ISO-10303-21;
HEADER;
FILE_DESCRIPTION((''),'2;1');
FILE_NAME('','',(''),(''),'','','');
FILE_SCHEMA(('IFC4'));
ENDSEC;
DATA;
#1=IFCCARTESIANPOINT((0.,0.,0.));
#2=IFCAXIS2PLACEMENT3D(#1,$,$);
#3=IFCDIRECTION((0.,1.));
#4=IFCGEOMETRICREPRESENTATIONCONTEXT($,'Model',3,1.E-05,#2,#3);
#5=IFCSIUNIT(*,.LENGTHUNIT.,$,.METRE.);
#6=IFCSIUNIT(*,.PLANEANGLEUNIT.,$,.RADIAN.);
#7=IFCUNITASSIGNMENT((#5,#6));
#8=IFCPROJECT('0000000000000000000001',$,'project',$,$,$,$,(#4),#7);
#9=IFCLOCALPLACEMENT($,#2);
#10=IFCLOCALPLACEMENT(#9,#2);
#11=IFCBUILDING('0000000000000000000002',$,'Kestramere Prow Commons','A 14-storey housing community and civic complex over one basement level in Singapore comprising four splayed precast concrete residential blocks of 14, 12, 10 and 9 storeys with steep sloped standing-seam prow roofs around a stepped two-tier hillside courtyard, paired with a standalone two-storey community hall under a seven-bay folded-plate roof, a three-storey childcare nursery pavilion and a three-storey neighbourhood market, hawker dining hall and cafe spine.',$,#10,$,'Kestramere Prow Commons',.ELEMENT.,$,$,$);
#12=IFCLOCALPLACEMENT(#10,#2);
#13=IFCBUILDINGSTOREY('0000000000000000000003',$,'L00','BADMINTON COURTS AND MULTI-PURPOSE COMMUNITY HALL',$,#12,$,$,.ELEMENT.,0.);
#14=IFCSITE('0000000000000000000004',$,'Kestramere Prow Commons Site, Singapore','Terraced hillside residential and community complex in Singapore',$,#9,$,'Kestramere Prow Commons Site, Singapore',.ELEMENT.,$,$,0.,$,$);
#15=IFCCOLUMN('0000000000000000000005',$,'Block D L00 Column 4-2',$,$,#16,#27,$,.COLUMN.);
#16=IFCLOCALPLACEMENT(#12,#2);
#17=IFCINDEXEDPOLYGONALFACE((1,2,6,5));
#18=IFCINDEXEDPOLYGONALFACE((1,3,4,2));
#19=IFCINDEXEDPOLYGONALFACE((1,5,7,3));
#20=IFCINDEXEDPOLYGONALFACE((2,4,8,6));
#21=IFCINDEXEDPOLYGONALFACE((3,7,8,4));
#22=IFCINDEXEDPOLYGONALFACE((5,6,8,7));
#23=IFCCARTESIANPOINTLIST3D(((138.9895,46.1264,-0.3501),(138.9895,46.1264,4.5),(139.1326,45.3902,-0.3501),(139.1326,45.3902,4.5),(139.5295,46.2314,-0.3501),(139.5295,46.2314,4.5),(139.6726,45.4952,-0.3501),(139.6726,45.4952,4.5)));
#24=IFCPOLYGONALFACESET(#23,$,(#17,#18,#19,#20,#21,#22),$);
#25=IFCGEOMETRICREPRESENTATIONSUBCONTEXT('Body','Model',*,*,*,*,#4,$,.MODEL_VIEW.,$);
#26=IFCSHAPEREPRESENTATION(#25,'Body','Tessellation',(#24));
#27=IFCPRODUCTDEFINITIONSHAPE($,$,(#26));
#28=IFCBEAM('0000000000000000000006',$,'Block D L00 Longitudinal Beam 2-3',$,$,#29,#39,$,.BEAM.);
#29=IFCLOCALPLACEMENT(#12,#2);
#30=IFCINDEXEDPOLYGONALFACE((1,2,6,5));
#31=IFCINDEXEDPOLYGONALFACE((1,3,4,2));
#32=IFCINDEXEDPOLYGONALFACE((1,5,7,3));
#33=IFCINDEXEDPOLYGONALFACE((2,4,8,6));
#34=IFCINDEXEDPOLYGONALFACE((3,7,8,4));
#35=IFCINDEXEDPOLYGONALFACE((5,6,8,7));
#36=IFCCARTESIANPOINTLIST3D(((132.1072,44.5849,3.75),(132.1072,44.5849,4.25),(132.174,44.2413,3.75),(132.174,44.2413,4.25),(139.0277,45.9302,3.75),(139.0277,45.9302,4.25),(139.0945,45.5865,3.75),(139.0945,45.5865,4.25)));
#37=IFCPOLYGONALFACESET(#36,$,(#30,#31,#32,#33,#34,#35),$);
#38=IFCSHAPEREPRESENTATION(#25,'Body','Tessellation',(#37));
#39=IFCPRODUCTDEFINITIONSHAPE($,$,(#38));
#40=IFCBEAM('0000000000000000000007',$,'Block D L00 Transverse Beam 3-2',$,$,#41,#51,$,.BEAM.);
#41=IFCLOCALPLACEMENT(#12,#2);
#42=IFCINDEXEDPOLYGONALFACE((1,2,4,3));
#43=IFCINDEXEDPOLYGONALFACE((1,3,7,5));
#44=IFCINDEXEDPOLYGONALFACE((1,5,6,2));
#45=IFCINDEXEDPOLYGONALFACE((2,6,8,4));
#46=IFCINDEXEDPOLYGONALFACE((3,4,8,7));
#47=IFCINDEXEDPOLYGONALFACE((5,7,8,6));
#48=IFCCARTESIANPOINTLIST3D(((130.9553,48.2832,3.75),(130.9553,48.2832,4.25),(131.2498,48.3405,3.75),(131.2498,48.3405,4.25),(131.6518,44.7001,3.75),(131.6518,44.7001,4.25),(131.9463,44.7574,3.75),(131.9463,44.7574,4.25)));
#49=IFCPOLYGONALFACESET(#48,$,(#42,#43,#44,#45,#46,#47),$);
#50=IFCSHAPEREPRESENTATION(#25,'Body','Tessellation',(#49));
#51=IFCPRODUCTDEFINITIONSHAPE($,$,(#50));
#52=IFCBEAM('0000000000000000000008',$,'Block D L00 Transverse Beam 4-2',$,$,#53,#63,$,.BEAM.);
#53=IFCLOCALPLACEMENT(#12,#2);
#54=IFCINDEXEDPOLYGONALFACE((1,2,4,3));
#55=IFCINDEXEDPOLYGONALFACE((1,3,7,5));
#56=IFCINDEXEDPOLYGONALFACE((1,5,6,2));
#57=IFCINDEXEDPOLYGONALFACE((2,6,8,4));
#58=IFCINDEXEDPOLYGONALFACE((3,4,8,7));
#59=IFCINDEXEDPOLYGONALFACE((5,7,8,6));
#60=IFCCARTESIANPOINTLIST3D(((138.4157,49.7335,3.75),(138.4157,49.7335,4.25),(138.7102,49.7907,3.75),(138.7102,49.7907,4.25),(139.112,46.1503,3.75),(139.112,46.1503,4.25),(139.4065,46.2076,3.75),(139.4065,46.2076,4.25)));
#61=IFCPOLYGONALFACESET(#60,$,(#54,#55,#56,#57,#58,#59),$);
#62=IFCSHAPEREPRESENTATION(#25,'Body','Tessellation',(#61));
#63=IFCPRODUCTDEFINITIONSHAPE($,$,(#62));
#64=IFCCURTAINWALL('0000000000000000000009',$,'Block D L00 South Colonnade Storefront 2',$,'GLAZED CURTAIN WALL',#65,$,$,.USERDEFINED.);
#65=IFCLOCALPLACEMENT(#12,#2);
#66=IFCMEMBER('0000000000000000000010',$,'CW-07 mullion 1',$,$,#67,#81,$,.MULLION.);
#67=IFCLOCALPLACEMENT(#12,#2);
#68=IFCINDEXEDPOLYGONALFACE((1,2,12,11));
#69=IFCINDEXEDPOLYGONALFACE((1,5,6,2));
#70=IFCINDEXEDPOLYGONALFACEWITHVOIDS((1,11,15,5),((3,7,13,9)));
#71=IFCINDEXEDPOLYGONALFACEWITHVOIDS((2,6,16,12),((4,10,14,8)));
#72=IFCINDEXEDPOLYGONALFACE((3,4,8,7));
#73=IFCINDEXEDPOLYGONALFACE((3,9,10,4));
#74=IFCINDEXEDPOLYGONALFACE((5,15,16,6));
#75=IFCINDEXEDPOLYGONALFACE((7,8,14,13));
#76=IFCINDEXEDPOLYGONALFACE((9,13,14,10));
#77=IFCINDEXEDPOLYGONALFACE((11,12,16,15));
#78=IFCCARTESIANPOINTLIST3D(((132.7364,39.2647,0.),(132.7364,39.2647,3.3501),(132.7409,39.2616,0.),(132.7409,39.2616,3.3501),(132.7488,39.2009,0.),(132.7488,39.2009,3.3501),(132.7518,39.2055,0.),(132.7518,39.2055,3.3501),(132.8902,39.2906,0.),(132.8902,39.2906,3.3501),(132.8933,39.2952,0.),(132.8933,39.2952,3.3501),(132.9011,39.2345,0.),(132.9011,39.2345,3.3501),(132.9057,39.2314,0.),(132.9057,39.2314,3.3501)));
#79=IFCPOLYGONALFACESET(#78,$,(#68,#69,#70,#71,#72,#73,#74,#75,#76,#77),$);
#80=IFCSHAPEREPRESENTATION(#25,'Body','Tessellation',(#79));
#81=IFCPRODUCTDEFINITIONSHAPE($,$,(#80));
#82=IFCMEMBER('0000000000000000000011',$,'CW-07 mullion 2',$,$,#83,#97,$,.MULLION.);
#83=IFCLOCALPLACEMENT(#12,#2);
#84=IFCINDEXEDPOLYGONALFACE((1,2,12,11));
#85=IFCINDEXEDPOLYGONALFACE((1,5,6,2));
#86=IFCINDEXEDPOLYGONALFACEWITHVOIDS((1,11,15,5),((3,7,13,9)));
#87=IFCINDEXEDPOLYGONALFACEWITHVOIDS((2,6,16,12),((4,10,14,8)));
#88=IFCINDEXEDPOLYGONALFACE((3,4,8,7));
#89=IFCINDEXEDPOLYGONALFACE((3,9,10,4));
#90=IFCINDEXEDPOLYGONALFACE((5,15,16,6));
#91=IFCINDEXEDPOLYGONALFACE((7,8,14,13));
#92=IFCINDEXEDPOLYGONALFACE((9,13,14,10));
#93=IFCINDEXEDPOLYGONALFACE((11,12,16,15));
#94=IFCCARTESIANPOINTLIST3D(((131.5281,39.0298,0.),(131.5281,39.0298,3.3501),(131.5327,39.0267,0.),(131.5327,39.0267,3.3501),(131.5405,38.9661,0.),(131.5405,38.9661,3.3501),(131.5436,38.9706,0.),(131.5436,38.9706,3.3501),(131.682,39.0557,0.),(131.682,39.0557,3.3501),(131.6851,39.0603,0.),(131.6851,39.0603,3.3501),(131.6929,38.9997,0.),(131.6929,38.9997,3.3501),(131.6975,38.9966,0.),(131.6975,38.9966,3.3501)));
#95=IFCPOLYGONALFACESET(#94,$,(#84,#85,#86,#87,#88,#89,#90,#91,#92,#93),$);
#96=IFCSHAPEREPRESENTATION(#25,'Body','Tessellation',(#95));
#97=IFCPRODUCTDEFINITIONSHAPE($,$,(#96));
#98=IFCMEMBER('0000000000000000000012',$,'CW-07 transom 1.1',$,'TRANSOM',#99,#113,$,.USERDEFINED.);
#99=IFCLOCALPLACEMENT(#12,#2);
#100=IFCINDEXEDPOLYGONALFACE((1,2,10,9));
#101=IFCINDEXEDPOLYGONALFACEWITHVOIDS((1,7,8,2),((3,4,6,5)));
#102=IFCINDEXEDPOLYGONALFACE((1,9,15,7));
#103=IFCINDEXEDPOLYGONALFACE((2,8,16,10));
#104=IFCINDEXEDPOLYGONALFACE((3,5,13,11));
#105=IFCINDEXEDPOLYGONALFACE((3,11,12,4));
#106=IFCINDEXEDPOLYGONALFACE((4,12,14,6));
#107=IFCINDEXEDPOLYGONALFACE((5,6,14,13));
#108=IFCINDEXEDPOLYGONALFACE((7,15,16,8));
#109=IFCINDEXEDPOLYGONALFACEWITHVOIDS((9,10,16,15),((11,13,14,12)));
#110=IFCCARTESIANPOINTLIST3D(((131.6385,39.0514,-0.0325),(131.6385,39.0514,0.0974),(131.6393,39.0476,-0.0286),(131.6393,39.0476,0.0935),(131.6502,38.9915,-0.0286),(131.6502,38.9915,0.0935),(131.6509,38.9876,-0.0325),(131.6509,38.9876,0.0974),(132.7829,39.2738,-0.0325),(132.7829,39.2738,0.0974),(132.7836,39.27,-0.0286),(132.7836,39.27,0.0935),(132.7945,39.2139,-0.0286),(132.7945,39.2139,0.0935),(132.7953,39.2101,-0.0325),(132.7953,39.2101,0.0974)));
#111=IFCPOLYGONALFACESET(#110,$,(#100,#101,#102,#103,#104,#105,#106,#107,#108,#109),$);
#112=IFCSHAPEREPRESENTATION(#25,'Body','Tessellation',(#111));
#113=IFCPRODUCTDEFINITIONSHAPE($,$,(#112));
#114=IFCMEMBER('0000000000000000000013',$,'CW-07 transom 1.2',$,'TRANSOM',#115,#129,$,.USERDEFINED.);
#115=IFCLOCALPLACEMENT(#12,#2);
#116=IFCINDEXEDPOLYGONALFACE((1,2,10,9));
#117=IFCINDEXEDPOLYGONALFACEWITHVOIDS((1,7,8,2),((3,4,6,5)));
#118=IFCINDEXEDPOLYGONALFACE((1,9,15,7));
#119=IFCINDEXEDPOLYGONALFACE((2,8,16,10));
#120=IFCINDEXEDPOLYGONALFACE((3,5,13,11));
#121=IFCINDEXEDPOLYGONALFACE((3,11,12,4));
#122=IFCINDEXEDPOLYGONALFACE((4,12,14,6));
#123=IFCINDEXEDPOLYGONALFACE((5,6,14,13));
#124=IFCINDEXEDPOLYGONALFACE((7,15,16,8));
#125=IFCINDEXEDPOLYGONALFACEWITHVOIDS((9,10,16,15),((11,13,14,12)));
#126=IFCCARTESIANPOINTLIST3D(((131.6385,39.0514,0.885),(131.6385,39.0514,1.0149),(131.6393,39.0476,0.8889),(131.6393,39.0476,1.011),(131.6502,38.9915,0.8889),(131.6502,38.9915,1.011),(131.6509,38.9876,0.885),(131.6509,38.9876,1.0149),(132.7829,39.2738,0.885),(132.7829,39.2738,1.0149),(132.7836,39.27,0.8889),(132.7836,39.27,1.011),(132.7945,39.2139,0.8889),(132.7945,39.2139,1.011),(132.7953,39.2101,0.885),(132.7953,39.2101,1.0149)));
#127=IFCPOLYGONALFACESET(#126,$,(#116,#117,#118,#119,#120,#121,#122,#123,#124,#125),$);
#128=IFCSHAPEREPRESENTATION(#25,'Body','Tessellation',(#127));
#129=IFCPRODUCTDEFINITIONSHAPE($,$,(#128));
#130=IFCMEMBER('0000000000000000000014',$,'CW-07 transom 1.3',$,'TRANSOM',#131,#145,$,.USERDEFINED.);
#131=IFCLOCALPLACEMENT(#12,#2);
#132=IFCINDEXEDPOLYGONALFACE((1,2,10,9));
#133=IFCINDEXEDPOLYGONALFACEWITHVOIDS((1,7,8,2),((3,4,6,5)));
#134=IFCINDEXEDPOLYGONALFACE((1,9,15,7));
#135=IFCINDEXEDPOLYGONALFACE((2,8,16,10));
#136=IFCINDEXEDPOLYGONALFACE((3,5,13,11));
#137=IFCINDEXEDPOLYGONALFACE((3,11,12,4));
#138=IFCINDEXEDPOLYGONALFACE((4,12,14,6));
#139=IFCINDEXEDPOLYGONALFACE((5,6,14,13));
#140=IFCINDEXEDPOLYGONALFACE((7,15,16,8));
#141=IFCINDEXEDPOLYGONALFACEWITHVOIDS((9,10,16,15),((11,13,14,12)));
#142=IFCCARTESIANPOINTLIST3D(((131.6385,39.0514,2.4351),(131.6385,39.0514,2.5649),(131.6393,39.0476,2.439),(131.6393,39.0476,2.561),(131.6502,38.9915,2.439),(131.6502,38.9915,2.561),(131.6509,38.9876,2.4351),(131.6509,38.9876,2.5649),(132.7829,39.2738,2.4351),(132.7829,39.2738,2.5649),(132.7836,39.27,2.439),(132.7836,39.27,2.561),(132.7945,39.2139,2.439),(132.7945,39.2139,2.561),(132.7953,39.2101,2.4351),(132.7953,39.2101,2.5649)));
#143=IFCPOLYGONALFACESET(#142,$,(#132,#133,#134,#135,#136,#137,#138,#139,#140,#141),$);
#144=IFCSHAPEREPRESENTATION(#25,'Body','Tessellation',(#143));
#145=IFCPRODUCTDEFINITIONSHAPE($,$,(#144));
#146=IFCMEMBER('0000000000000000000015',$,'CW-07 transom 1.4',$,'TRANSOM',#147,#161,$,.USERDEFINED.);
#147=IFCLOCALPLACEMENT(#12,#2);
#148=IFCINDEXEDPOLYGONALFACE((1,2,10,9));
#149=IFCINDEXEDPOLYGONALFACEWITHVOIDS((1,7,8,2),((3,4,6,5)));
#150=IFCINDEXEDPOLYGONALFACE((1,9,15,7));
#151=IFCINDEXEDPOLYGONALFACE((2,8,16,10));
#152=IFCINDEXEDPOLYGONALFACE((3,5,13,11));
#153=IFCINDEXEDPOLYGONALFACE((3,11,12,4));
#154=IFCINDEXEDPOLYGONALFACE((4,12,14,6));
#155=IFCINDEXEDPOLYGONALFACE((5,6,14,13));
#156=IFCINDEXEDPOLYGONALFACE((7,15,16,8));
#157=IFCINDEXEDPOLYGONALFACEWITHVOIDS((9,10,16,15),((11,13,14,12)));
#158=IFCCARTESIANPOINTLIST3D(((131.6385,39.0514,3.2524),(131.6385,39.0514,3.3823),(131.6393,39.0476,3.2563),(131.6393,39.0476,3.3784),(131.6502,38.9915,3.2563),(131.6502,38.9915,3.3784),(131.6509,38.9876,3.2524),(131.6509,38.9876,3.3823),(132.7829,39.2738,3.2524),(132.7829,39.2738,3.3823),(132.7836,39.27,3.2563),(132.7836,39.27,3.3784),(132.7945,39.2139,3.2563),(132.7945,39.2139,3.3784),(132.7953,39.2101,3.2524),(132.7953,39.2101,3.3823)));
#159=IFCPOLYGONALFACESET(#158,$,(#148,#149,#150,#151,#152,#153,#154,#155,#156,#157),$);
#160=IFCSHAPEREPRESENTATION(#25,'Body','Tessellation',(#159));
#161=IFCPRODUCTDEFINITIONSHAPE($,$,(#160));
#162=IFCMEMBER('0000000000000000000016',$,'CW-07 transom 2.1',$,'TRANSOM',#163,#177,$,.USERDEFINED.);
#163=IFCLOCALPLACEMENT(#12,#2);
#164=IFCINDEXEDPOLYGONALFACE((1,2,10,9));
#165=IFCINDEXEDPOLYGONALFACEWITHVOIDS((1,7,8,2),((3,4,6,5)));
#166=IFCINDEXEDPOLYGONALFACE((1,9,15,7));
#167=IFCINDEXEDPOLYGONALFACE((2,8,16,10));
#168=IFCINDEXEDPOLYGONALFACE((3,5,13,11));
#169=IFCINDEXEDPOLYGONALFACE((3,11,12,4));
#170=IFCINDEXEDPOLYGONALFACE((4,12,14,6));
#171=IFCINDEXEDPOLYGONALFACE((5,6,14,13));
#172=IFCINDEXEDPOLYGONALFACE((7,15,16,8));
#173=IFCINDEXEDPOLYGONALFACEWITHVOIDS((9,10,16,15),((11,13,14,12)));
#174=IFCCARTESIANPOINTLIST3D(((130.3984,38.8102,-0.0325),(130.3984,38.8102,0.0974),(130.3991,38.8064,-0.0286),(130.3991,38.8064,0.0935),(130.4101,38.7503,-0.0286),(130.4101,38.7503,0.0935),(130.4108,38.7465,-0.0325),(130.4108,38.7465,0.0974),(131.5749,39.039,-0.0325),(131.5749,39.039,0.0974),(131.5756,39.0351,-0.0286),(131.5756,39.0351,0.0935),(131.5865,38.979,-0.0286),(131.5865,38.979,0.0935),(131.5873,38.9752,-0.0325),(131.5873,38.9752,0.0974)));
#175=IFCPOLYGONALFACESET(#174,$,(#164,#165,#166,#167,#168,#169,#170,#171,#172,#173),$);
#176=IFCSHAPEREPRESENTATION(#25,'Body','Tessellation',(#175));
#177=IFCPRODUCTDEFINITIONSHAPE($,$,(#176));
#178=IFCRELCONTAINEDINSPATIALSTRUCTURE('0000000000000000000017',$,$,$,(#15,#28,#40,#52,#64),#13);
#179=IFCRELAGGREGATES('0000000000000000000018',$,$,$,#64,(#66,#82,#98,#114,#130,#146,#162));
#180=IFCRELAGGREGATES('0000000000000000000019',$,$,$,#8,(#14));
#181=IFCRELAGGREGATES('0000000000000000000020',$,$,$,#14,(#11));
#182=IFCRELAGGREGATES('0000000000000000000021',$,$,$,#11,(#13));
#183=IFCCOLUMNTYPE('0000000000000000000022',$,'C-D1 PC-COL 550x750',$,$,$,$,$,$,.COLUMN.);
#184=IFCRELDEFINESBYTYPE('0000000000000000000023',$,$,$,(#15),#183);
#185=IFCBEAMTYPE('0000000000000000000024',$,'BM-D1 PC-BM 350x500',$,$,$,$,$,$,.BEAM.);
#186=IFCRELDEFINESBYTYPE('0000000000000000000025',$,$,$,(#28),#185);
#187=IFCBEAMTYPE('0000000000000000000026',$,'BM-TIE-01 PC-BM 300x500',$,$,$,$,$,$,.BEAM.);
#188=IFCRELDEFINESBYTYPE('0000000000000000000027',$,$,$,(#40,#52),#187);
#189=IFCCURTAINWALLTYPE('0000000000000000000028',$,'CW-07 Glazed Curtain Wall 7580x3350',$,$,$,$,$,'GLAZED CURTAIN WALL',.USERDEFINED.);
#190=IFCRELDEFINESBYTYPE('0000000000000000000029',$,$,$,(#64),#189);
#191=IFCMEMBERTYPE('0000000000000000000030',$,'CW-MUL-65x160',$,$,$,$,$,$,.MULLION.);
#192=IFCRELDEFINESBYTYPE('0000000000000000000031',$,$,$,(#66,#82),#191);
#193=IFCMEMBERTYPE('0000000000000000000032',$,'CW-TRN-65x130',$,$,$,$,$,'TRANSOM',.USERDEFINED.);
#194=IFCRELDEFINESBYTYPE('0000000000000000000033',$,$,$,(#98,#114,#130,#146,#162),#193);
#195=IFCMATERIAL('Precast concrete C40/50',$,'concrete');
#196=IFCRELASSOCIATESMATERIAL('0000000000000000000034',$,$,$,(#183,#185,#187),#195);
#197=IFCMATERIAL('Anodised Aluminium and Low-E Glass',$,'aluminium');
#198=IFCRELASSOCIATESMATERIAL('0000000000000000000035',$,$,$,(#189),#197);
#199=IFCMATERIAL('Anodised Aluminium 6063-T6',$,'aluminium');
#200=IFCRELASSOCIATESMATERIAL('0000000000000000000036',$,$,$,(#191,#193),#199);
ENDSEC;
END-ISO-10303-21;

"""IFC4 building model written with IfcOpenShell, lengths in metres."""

from ifc_helpers import new_model, si_unit, direction, frame, origin, origin_2d, place, context, subcontext, project, spatial, rectangle, hollow_rectangle, extrude, material, material_profile, profile_set, type_object, element, aggregate, save


model = new_model("IFC4")

# Units and contexts
model_context = context("Model", 3, precision=1e-05, world=origin(), true_north=direction((0.0, 1.0)))
body_context = subcontext(model_context, "Body", "Model", "MODEL_VIEW")
ifc_project = project(units=[si_unit("LENGTHUNIT", "METRE"), si_unit("PLANEANGLEUNIT", "RADIAN")], contexts=[model_context])

# Site, building, storey
site_placement = place(None, origin())
site = spatial("IfcSite", under=ifc_project, at=site_placement, Name="Kestramere Prow Commons Site, Singapore", Description="Terraced hillside residential and community complex in Singapore", LongName="Kestramere Prow Commons Site, Singapore", CompositionType="ELEMENT", RefElevation=0.0)
building_placement = place(site_placement, origin())
building = spatial("IfcBuilding", under=site, at=building_placement, Name="Kestramere Prow Commons", Description="A 14-storey housing community and civic complex over one basement level in Singapore comprising four splayed precast concrete residential blocks of 14, 12, 10 and 9 storeys with steep sloped standing-seam prow roofs around a stepped two-tier hillside courtyard, paired with a standalone two-storey community hall under a seven-bay folded-plate roof, a three-storey childcare nursery pavilion and a three-storey neighbourhood market, hawker dining hall and cafe spine.", LongName="Kestramere Prow Commons", CompositionType="ELEMENT")
storey_placement = place(building_placement, origin())
storey = spatial("IfcBuildingStorey", under=building, at=storey_placement, Name="L00", Description="BADMINTON COURTS AND MULTI-PURPOSE COMMUNITY HALL", CompositionType="ELEMENT", Elevation=0.0)

# Column
ifc_material_1 = material(Name="Precast concrete C40/50", Category="concrete")
ifc_material_profile_1 = material_profile(ifc_material_1, rectangle(XDim=0.55, YDim=0.75, at=origin_2d()), Name="PC-COL 550x750")
ifc_profile_set_1 = profile_set([ifc_material_profile_1], Name="Precast concrete C40/50")
column_type = type_object("IfcColumnType", Name="C-D1 PC-COL 550x750", PredefinedType="COLUMN", material=ifc_profile_set_1)
for number, where, z_axis, x_axis, name in (
    (1, (139.3311, 45.8108, -0.3501), (0.0, 0.0, 1.0), (0.981627, 0.190809, 0.0), "Block D L00 Column 4-2"),
):
    element("IfcColumn", number, at=place(storey_placement, frame(where, z_axis=z_axis, x_axis=x_axis)), inside=storey, type_object=column_type, Name=name, PredefinedType="COLUMN", context=body_context, shape_type="SweptSolid", body=[
        extrude(rectangle(XDim=0.55, YDim=0.75, at=origin_2d()), origin(), (0.0, 0.0, 1.0), 4.8501),
    ])

# Beams
ifc_material_profile_2 = material_profile(ifc_material_1, rectangle(XDim=0.3501, YDim=0.5, at=origin_2d()), Name="PC-BM 350x500")
ifc_profile_set_2 = profile_set([ifc_material_profile_2], Name="Precast concrete C40/50")
beam_type_1 = type_object("IfcBeamType", Name="BM-D1 PC-BM 350x500", PredefinedType="BEAM", material=ifc_profile_set_2)
beam_placement = place(storey_placement, frame((132.1406, 44.4131, 4.0), z_axis=(0.981627, 0.190812, 0.0), x_axis=(-0.190812, 0.981627, 0.0)))
element("IfcBeam", 2, at=beam_placement, inside=storey, type_object=beam_type_1, Name="Block D L00 Longitudinal Beam 2-3", PredefinedType="BEAM", context=body_context, shape_type="SweptSolid", body=[
    extrude(rectangle(XDim=0.3501, YDim=0.5, at=origin_2d()), origin(), (0.0, 0.0, 1.0), 7.05),
])
ifc_material_profile_3 = material_profile(ifc_material_1, rectangle(XDim=0.3, YDim=0.5, at=origin_2d()), Name="PC-BM 300x500")
ifc_profile_set_3 = profile_set([ifc_material_profile_3], Name="Precast concrete C40/50")
beam_type_2 = type_object("IfcBeamType", Name="BM-TIE-01 PC-BM 300x500", PredefinedType="BEAM", material=ifc_profile_set_3)
for number, where, z_axis, x_axis, name in (
    (3, (131.7991, 44.7288, 4.0), (-0.190827, 0.981624, 0.0), (-0.981624, -0.190827, 0.0), "Block D L00 Transverse Beam 3-2"),
    (4, (139.2593, 46.179, 4.0), (-0.190762, 0.981636, 0.0), (-0.981636, -0.190762, 0.0), "Block D L00 Transverse Beam 4-2"),
):
    element("IfcBeam", number, at=place(storey_placement, frame(where, z_axis=z_axis, x_axis=x_axis)), inside=storey, type_object=beam_type_2, Name=name, PredefinedType="BEAM", context=body_context, shape_type="SweptSolid", body=[
        extrude(rectangle(XDim=0.3, YDim=0.5, at=origin_2d()), origin(), (0.0, 0.0, 1.0), 3.6501),
    ])

# Curtain wall, members
ifc_material_2 = material(Name="Anodised Aluminium and Low-E Glass", Category="aluminium")
curtain_wall_type = type_object("IfcCurtainWallType", Name="CW-07 Glazed Curtain Wall 7580x3350", ElementType="GLAZED CURTAIN WALL", PredefinedType="USERDEFINED", material=ifc_material_2)
curtain_wall_placement = place(storey_placement, origin())
curtain_wall = element("IfcCurtainWall", 5, at=curtain_wall_placement, inside=storey, type_object=curtain_wall_type, Name="Block D L00 South Colonnade Storefront 2", ObjectType="GLAZED CURTAIN WALL", PredefinedType="USERDEFINED")
ifc_material_3 = material(Name="Anodised Aluminium 6063-T6", Category="aluminium")
ifc_material_profile_4 = material_profile(ifc_material_3, hollow_rectangle(XDim=0.0649, YDim=0.1599, WallThickness=0.0039, at=origin_2d()), Name="ALU-MUL 65x160")
ifc_profile_set_4 = profile_set([ifc_material_profile_4], Name="Anodised Aluminium 6063-T6")
member_type_1 = type_object("IfcMemberType", Name="CW-MUL-65x160", PredefinedType="MULLION", material=ifc_profile_set_4)
member_1_placement = place(storey_placement, frame((132.821, 39.248, 0.0), z_axis=(0.0, 0.0, 1.0), x_axis=(0.190809, -0.981627, 0.0)))
member_1 = element("IfcMember", 6, at=member_1_placement, type_object=member_type_1, Name="CW-07 mullion 1", PredefinedType="MULLION", context=body_context, shape_type="SweptSolid", body=[
    extrude(hollow_rectangle(XDim=0.0649, YDim=0.1599, WallThickness=0.0039, at=origin_2d()), origin(), (0.0, 0.0, 1.0), 3.3501),
])
member_2_placement = place(storey_placement, frame((131.6128, 39.0132, 0.0), z_axis=(0.0, 0.0, 1.0), x_axis=(0.190809, -0.981627, 0.0)))
member_2 = element("IfcMember", 7, at=member_2_placement, type_object=member_type_1, Name="CW-07 mullion 2", PredefinedType="MULLION", context=body_context, shape_type="SweptSolid", body=[
    extrude(hollow_rectangle(XDim=0.0649, YDim=0.1599, WallThickness=0.0039, at=origin_2d()), origin(), (0.0, 0.0, 1.0), 3.3501),
])
ifc_material_profile_5 = material_profile(ifc_material_3, hollow_rectangle(XDim=0.0649, YDim=0.1299, WallThickness=0.0039, at=origin_2d()), Name="ALU-TRN 65x130")
ifc_profile_set_5 = profile_set([ifc_material_profile_5], Name="Anodised Aluminium 6063-T6")
member_type_2 = type_object("IfcMemberType", Name="CW-TRN-65x130", ElementType="TRANSOM", PredefinedType="USERDEFINED", material=ifc_profile_set_5)
member_3_placement = place(storey_placement, frame((132.7891, 39.2419, 0.0325), z_axis=(-0.98163, -0.190797, 0.0), x_axis=(0.190797, -0.98163, 0.0)))
member_3 = element("IfcMember", 8, at=member_3_placement, type_object=member_type_2, Name="CW-07 transom 1.1", ObjectType="TRANSOM", PredefinedType="USERDEFINED", context=body_context, shape_type="SweptSolid", body=[
    extrude(hollow_rectangle(XDim=0.0649, YDim=0.1299, WallThickness=0.0039, at=origin_2d()), origin(), (0.0, 0.0, 1.0), 1.1658),
])
member_4_placement = place(storey_placement, frame((132.7891, 39.2419, 0.95), z_axis=(-0.98163, -0.190797, 0.0), x_axis=(0.190797, -0.98163, 0.0)))
member_4 = element("IfcMember", 9, at=member_4_placement, type_object=member_type_2, Name="CW-07 transom 1.2", ObjectType="TRANSOM", PredefinedType="USERDEFINED", context=body_context, shape_type="SweptSolid", body=[
    extrude(hollow_rectangle(XDim=0.0649, YDim=0.1299, WallThickness=0.0039, at=origin_2d()), origin(), (0.0, 0.0, 1.0), 1.1658),
])
member_5_placement = place(storey_placement, frame((132.7891, 39.2419, 2.5), z_axis=(-0.98163, -0.190797, 0.0), x_axis=(0.190797, -0.98163, 0.0)))
member_5 = element("IfcMember", 10, at=member_5_placement, type_object=member_type_2, Name="CW-07 transom 1.3", ObjectType="TRANSOM", PredefinedType="USERDEFINED", context=body_context, shape_type="SweptSolid", body=[
    extrude(hollow_rectangle(XDim=0.0649, YDim=0.1299, WallThickness=0.0039, at=origin_2d()), origin(), (0.0, 0.0, 1.0), 1.1658),
])
member_6_placement = place(storey_placement, frame((132.7891, 39.2419, 3.3174), z_axis=(-0.98163, -0.190797, 0.0), x_axis=(0.190797, -0.98163, 0.0)))
member_6 = element("IfcMember", 11, at=member_6_placement, type_object=member_type_2, Name="CW-07 transom 1.4", ObjectType="TRANSOM", PredefinedType="USERDEFINED", context=body_context, shape_type="SweptSolid", body=[
    extrude(hollow_rectangle(XDim=0.0649, YDim=0.1299, WallThickness=0.0039, at=origin_2d()), origin(), (0.0, 0.0, 1.0), 1.1658),
])
member_7_placement = place(storey_placement, frame((131.5811, 39.0071, 0.0325), z_axis=(-0.981616, -0.190864, 0.0), x_axis=(0.190864, -0.981616, 0.0)))
member_7 = element("IfcMember", 12, at=member_7_placement, type_object=member_type_2, Name="CW-07 transom 2.1", ObjectType="TRANSOM", PredefinedType="USERDEFINED", context=body_context, shape_type="SweptSolid", body=[
    extrude(hollow_rectangle(XDim=0.0649, YDim=0.1299, WallThickness=0.0039, at=origin_2d()), origin(), (0.0, 0.0, 1.0), 1.1985),
])
aggregate(curtain_wall, [member_1, member_2, member_3, member_4, member_5, member_6, member_7])

save(model, "model.ifc")
